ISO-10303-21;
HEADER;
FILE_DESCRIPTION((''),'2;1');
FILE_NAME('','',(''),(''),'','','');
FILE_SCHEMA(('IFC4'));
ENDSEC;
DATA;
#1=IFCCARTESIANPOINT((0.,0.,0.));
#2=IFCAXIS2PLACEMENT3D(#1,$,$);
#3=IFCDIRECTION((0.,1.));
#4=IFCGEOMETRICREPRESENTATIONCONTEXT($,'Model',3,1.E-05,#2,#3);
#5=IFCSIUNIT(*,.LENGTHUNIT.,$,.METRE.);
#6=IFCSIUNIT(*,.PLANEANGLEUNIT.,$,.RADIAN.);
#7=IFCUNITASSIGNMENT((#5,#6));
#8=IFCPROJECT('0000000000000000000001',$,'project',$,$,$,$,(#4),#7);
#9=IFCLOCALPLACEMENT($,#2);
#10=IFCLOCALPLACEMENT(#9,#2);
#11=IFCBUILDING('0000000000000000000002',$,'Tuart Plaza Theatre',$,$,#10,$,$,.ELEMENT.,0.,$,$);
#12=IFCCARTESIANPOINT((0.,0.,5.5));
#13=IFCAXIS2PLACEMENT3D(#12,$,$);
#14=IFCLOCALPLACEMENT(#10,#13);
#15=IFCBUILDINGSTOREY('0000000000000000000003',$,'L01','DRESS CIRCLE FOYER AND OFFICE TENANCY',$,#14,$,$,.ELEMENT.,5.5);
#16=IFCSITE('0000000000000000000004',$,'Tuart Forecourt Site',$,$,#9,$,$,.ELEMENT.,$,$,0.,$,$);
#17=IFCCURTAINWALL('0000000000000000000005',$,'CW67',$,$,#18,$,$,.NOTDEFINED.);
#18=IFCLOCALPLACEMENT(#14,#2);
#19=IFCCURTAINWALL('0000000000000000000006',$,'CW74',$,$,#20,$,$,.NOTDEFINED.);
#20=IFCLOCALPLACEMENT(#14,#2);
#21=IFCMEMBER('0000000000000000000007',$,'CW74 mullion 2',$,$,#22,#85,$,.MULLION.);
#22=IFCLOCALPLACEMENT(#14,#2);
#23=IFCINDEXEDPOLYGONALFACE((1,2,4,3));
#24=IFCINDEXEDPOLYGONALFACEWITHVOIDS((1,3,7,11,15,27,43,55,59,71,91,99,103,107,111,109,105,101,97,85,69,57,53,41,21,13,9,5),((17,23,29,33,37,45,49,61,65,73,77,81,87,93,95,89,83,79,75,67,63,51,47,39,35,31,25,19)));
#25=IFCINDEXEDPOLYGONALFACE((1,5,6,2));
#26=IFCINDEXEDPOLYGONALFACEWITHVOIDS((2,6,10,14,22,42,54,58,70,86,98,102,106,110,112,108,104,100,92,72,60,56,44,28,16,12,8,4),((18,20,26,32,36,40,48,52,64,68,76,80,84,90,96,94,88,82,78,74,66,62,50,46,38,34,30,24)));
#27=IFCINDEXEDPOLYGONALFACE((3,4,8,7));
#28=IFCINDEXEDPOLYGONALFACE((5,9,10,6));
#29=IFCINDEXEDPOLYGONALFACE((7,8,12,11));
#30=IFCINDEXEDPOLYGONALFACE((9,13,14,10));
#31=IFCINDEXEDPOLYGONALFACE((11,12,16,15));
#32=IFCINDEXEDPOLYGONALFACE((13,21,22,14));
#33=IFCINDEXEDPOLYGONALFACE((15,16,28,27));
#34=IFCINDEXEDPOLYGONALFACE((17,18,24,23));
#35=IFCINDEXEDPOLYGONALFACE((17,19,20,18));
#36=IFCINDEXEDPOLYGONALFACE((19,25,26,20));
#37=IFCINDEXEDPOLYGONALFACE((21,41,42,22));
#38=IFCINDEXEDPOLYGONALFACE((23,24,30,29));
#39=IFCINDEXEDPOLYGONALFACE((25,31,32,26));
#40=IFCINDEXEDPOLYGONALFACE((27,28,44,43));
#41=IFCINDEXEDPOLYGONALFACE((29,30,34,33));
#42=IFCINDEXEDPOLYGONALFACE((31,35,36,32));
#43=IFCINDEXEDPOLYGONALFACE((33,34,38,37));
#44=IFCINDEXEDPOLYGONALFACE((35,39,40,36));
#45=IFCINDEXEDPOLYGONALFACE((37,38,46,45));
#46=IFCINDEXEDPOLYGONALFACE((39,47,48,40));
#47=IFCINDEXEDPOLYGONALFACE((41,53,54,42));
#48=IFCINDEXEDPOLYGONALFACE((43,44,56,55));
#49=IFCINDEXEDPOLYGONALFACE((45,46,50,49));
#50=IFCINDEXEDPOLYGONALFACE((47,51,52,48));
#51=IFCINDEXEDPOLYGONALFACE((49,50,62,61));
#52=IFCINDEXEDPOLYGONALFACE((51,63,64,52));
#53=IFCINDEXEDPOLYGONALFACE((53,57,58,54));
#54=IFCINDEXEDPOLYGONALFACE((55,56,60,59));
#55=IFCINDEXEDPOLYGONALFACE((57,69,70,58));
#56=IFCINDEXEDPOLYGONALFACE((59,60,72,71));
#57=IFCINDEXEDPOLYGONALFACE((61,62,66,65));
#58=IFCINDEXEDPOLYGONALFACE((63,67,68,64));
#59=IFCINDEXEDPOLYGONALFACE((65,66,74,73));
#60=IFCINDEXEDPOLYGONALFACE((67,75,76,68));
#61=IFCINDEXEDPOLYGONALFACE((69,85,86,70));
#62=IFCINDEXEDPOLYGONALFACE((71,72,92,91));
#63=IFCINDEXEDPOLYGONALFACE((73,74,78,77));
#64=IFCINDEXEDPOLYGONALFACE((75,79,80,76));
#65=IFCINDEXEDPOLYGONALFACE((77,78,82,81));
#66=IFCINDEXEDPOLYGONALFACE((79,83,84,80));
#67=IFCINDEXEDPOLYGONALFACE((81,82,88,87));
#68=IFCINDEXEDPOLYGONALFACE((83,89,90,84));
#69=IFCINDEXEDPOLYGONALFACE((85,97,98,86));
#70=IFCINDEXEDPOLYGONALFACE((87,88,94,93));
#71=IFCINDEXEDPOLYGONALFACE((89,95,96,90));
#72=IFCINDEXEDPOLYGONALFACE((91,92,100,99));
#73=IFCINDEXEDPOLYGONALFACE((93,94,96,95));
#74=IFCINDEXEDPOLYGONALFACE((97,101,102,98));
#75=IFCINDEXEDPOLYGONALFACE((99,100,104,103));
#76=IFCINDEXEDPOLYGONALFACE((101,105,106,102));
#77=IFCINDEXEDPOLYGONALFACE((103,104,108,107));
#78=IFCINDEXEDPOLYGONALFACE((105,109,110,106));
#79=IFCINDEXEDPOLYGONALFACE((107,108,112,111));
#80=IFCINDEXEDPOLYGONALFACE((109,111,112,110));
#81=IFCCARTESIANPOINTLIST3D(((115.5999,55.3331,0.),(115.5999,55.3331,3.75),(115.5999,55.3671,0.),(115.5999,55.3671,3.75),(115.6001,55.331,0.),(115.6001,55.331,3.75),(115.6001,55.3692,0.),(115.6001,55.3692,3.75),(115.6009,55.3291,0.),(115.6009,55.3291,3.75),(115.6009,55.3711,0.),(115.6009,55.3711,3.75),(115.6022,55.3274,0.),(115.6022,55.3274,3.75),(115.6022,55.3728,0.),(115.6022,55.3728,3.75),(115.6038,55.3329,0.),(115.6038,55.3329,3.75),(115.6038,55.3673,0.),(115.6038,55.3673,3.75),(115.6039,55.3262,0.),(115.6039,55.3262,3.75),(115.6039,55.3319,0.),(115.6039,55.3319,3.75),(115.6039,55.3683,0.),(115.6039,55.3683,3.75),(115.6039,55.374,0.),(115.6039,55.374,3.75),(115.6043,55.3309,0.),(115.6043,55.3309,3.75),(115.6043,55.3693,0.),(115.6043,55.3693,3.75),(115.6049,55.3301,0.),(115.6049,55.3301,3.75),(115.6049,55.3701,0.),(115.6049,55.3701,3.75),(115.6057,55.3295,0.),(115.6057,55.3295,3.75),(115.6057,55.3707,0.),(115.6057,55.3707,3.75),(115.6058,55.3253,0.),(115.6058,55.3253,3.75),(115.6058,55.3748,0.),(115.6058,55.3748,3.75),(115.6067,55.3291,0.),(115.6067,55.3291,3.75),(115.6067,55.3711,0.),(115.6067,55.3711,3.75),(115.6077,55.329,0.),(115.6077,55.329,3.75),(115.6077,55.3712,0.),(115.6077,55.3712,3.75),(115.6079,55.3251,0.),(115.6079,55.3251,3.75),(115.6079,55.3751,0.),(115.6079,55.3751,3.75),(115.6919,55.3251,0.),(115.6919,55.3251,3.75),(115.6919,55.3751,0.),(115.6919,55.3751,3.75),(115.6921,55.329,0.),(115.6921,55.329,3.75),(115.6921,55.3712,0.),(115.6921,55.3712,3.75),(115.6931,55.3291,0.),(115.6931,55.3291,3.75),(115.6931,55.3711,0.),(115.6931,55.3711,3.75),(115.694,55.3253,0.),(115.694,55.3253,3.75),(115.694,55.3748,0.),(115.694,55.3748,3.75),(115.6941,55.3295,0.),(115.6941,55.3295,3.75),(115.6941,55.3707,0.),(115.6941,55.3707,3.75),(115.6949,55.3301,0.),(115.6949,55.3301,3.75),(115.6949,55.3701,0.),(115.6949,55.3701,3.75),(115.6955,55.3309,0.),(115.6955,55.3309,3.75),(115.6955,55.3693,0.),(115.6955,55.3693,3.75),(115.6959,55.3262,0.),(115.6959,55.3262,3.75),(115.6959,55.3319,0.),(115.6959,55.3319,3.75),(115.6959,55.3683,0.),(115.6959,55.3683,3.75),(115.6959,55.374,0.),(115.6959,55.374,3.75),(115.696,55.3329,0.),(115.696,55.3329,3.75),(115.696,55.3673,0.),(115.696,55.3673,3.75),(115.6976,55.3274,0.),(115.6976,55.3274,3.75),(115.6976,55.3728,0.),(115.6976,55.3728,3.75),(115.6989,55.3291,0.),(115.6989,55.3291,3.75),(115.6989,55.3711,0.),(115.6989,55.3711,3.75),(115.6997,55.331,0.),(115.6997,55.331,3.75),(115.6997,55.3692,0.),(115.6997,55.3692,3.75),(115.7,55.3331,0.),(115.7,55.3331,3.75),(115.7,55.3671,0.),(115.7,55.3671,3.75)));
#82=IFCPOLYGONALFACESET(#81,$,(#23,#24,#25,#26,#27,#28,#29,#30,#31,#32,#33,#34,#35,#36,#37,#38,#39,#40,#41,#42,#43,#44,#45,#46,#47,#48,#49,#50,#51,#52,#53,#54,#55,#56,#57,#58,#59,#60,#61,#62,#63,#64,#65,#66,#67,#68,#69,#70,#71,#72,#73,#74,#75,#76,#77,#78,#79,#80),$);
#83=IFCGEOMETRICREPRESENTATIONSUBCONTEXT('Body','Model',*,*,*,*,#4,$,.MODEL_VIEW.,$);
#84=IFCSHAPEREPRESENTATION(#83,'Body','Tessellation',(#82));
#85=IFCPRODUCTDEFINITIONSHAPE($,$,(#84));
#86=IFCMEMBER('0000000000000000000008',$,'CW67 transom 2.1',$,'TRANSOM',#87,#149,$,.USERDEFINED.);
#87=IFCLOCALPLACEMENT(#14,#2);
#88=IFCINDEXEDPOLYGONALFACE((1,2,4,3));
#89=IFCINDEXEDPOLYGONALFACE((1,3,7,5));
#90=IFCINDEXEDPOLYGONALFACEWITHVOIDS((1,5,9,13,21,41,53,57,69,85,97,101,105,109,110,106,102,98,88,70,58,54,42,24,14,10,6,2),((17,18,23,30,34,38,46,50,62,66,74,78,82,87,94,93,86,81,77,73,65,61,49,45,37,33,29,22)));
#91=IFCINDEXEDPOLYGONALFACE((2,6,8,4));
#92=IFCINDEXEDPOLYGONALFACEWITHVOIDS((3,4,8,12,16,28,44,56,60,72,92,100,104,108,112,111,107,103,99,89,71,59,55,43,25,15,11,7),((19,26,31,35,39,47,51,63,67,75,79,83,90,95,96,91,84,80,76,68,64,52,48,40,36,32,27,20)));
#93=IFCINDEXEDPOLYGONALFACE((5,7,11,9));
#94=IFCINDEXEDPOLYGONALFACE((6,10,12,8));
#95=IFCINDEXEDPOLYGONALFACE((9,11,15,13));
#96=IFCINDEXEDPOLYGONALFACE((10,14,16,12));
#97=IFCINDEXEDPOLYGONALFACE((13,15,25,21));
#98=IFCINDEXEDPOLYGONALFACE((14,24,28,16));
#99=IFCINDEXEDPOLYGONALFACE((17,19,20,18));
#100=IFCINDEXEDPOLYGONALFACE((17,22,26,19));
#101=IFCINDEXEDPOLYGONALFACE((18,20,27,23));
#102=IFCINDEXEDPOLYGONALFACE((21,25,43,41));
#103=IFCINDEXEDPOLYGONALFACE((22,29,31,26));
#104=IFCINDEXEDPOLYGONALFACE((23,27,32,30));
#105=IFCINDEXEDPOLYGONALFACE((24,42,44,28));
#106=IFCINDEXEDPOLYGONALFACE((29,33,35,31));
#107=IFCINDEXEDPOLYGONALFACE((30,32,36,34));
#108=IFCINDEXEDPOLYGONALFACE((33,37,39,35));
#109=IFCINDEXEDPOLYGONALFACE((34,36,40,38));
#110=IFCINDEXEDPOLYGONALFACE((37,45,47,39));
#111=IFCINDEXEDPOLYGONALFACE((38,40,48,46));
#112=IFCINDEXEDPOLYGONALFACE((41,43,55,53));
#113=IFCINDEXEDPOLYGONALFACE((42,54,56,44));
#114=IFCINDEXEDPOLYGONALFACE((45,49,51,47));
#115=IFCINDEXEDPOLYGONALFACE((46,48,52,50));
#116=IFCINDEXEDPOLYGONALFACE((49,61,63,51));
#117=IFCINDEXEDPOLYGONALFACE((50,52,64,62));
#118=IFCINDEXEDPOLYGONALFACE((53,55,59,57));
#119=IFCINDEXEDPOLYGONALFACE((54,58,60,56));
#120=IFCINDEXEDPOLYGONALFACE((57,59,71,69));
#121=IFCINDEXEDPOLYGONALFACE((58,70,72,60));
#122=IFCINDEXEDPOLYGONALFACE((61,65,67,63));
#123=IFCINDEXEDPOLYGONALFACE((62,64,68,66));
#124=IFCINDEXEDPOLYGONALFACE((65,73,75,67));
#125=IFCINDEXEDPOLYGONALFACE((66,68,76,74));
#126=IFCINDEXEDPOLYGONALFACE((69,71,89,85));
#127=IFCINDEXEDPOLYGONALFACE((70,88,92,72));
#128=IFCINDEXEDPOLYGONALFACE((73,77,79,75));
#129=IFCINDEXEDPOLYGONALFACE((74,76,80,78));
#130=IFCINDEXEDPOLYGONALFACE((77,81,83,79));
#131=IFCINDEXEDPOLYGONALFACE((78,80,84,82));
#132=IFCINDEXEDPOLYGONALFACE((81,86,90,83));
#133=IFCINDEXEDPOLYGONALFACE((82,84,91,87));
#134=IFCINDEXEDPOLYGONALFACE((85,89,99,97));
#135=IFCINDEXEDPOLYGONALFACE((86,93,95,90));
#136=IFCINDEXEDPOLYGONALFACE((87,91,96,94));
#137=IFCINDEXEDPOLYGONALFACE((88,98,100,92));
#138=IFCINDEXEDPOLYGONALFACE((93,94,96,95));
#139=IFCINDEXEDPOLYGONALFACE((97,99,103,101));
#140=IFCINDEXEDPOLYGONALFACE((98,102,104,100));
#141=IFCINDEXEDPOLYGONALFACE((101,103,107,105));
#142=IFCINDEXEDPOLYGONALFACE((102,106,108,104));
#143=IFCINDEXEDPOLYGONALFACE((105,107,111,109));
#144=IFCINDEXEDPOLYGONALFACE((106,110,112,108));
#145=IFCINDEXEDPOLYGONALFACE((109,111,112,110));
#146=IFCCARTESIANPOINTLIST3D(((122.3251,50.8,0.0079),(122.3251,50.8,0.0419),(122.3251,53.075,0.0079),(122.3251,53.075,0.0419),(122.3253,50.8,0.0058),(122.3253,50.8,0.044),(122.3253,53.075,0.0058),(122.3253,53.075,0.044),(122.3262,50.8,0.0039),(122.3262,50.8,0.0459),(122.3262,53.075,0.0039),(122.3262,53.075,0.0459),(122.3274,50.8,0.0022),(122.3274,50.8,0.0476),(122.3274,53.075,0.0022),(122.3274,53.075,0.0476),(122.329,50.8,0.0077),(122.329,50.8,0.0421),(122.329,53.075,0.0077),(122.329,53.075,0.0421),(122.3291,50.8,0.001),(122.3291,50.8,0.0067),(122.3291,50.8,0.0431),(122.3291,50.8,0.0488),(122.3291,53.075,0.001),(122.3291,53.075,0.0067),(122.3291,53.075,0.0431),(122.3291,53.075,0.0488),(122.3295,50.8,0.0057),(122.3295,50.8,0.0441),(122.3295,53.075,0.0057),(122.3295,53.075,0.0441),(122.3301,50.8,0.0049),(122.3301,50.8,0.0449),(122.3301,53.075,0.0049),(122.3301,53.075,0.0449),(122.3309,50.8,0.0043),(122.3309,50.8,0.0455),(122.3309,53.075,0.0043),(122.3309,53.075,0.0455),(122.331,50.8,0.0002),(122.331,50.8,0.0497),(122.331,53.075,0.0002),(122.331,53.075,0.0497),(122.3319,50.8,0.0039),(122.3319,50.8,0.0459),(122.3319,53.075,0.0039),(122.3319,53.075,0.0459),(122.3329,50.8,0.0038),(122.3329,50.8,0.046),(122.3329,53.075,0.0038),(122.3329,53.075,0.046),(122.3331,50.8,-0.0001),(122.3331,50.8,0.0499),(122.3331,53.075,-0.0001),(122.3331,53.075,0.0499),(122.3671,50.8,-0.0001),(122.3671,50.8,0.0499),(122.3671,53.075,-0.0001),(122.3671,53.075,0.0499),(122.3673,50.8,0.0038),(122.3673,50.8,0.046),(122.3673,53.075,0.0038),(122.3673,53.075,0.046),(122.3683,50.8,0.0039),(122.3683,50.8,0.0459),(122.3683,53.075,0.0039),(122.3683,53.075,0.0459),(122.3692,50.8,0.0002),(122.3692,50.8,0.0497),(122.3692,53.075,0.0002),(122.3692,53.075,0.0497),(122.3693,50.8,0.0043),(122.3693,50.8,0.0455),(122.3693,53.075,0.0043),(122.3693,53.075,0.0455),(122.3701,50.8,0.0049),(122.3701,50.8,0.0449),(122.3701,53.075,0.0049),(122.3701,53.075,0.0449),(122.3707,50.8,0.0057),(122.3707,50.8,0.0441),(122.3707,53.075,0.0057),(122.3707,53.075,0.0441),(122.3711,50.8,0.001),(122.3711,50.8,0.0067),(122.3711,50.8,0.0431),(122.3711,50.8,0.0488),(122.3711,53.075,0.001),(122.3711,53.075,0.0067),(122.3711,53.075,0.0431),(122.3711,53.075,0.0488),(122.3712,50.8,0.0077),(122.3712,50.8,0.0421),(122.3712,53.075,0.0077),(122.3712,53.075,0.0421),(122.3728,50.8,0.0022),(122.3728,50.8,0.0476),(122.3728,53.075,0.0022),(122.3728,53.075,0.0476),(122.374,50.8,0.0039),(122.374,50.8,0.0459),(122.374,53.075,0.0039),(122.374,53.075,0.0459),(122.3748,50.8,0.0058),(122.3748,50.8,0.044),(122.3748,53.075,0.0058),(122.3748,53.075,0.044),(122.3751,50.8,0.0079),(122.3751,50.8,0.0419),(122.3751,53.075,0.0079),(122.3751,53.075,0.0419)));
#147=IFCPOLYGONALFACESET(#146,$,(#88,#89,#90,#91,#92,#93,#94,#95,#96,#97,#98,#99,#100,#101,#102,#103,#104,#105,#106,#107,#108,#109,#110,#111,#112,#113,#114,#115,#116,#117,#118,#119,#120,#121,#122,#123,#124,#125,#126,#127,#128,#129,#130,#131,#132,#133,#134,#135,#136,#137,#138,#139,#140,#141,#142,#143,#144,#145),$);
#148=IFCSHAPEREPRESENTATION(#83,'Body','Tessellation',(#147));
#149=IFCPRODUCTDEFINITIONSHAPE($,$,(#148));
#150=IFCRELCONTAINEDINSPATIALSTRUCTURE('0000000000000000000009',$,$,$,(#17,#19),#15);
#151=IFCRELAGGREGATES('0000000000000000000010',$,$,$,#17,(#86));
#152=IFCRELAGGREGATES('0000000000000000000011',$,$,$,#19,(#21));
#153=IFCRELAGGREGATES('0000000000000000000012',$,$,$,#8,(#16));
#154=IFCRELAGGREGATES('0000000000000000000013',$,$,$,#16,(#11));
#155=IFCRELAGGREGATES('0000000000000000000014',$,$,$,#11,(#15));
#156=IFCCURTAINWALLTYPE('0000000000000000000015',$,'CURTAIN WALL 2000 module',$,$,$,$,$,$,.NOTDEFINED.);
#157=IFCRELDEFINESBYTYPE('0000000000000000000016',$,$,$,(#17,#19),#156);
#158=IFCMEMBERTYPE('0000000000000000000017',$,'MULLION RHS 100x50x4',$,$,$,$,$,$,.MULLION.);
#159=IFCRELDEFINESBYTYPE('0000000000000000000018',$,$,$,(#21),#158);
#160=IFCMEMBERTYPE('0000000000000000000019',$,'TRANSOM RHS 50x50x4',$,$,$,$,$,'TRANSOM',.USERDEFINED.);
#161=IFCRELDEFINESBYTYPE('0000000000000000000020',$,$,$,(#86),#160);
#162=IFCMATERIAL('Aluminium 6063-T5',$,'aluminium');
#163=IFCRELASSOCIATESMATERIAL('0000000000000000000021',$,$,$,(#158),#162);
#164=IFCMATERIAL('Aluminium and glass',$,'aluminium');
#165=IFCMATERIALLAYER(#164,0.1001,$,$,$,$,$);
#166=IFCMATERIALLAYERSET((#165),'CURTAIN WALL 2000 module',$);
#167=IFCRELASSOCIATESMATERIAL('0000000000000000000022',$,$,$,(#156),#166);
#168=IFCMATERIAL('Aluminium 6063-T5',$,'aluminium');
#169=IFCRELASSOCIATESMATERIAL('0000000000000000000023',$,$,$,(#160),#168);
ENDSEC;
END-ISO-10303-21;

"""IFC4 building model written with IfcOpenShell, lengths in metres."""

from ifc_helpers import new_model, si_unit, direction, frame, origin, origin_2d, place, context, subcontext, project, spatial, hollow_rectangle, extrude, material, layer, layer_set, material_profile, profile_set, type_object, element, aggregate, save


model = new_model("IFC4")

# Units and contexts
model_context = context("Model", 3, precision=1e-05, world=origin(), true_north=direction((0.0, 1.0)))
body_context = subcontext(model_context, "Body", "Model", "MODEL_VIEW")
ifc_project = project(units=[si_unit("LENGTHUNIT", "METRE"), si_unit("PLANEANGLEUNIT", "RADIAN")], contexts=[model_context])

# Site, building, storey
site_placement = place(None, origin())
site = spatial("IfcSite", under=ifc_project, at=site_placement, Name="Tuart Forecourt Site", CompositionType="ELEMENT", RefElevation=0.0)
building_placement = place(site_placement, origin())
building = spatial("IfcBuilding", under=site, at=building_placement, Name="Tuart Plaza Theatre", CompositionType="ELEMENT", ElevationOfRefHeight=0.0)
storey_placement = place(building_placement, frame((0.0, 0.0, 5.5)))
storey = spatial("IfcBuildingStorey", under=building, at=storey_placement, Name="L01", Description="DRESS CIRCLE FOYER AND OFFICE TENANCY", CompositionType="ELEMENT", Elevation=5.5)

# Curtain wall
ifc_material_1 = material(Name="Aluminium 6063-T5", Category="aluminium")
ifc_material_profile_1 = material_profile(ifc_material_1, hollow_rectangle(XDim=0.05, YDim=0.1001, WallThickness=0.0039, InnerFilletRadius=0.0039, OuterFilletRadius=0.0081, at=origin_2d()), Name="RHS 100x50x4")
ifc_profile_set_1 = profile_set([ifc_material_profile_1], Name="Aluminium 6063-T5")
member_type_1 = type_object("IfcMemberType", Name="MULLION RHS 100x50x4", PredefinedType="MULLION", material=ifc_profile_set_1)
ifc_material_2 = material(Name="Aluminium and glass", Category="aluminium")
ifc_layer_1 = layer(ifc_material_2, 0.1001)
ifc_layer_set_1 = layer_set([ifc_layer_1], Name="CURTAIN WALL 2000 module")
curtain_wall_type_1 = type_object("IfcCurtainWallType", Name="CURTAIN WALL 2000 module", PredefinedType="NOTDEFINED", material=ifc_layer_set_1)
curtain_wall_1_placement = place(storey_placement, origin())
curtain_wall_1 = element("IfcCurtainWall", 1, at=curtain_wall_1_placement, inside=storey, type_object=curtain_wall_type_1, Name="CW67", PredefinedType="NOTDEFINED")

# Curtain wall, member
curtain_wall_2_placement = place(storey_placement, origin())
curtain_wall_2 = element("IfcCurtainWall", 2, at=curtain_wall_2_placement, inside=storey, type_object=curtain_wall_type_1, Name="CW74", PredefinedType="NOTDEFINED")
member_1_placement = place(storey_placement, frame((115.6499, 55.3501, 0.0), z_axis=(0.0, 0.0, 1.0), x_axis=(0.0, 1.0, 0.0)))
member_1 = element("IfcMember", 3, at=member_1_placement, type_object=member_type_1, Name="CW74 mullion 2", PredefinedType="MULLION", context=body_context, shape_type="SweptSolid", body=[
    extrude(hollow_rectangle(XDim=0.05, YDim=0.1001, WallThickness=0.0039, InnerFilletRadius=0.0039, OuterFilletRadius=0.0081, at=origin_2d()), origin(), (0.0, 0.0, 1.0), 3.75),
])

# Member
ifc_material_3 = material(Name="Aluminium 6063-T5", Category="aluminium")
ifc_material_profile_2 = material_profile(ifc_material_3, hollow_rectangle(XDim=0.05, YDim=0.05, WallThickness=0.0039, InnerFilletRadius=0.0039, OuterFilletRadius=0.0081, at=origin_2d()), Name="RHS 50x50x4")
ifc_profile_set_2 = profile_set([ifc_material_profile_2], Name="Aluminium 6063-T5")
member_type_2 = type_object("IfcMemberType", Name="TRANSOM RHS 50x50x4", ElementType="TRANSOM", PredefinedType="USERDEFINED", material=ifc_profile_set_2)
member_2_placement = place(storey_placement, frame((122.3501, 53.075, 0.0249), z_axis=(0.0, -1.0, 0.0), x_axis=(1.0, 0.0, 0.0)))
member_2 = element("IfcMember", 4, at=member_2_placement, type_object=member_type_2, Name="CW67 transom 2.1", ObjectType="TRANSOM", PredefinedType="USERDEFINED", context=body_context, shape_type="SweptSolid", body=[
    extrude(hollow_rectangle(XDim=0.05, YDim=0.05, WallThickness=0.0039, InnerFilletRadius=0.0039, OuterFilletRadius=0.0081, at=origin_2d()), origin(), (0.0, 0.0, 1.0), 2.2749),
])

aggregate(curtain_wall_1, [member_2])
aggregate(curtain_wall_2, [member_1])

save(model, "model.ifc")
